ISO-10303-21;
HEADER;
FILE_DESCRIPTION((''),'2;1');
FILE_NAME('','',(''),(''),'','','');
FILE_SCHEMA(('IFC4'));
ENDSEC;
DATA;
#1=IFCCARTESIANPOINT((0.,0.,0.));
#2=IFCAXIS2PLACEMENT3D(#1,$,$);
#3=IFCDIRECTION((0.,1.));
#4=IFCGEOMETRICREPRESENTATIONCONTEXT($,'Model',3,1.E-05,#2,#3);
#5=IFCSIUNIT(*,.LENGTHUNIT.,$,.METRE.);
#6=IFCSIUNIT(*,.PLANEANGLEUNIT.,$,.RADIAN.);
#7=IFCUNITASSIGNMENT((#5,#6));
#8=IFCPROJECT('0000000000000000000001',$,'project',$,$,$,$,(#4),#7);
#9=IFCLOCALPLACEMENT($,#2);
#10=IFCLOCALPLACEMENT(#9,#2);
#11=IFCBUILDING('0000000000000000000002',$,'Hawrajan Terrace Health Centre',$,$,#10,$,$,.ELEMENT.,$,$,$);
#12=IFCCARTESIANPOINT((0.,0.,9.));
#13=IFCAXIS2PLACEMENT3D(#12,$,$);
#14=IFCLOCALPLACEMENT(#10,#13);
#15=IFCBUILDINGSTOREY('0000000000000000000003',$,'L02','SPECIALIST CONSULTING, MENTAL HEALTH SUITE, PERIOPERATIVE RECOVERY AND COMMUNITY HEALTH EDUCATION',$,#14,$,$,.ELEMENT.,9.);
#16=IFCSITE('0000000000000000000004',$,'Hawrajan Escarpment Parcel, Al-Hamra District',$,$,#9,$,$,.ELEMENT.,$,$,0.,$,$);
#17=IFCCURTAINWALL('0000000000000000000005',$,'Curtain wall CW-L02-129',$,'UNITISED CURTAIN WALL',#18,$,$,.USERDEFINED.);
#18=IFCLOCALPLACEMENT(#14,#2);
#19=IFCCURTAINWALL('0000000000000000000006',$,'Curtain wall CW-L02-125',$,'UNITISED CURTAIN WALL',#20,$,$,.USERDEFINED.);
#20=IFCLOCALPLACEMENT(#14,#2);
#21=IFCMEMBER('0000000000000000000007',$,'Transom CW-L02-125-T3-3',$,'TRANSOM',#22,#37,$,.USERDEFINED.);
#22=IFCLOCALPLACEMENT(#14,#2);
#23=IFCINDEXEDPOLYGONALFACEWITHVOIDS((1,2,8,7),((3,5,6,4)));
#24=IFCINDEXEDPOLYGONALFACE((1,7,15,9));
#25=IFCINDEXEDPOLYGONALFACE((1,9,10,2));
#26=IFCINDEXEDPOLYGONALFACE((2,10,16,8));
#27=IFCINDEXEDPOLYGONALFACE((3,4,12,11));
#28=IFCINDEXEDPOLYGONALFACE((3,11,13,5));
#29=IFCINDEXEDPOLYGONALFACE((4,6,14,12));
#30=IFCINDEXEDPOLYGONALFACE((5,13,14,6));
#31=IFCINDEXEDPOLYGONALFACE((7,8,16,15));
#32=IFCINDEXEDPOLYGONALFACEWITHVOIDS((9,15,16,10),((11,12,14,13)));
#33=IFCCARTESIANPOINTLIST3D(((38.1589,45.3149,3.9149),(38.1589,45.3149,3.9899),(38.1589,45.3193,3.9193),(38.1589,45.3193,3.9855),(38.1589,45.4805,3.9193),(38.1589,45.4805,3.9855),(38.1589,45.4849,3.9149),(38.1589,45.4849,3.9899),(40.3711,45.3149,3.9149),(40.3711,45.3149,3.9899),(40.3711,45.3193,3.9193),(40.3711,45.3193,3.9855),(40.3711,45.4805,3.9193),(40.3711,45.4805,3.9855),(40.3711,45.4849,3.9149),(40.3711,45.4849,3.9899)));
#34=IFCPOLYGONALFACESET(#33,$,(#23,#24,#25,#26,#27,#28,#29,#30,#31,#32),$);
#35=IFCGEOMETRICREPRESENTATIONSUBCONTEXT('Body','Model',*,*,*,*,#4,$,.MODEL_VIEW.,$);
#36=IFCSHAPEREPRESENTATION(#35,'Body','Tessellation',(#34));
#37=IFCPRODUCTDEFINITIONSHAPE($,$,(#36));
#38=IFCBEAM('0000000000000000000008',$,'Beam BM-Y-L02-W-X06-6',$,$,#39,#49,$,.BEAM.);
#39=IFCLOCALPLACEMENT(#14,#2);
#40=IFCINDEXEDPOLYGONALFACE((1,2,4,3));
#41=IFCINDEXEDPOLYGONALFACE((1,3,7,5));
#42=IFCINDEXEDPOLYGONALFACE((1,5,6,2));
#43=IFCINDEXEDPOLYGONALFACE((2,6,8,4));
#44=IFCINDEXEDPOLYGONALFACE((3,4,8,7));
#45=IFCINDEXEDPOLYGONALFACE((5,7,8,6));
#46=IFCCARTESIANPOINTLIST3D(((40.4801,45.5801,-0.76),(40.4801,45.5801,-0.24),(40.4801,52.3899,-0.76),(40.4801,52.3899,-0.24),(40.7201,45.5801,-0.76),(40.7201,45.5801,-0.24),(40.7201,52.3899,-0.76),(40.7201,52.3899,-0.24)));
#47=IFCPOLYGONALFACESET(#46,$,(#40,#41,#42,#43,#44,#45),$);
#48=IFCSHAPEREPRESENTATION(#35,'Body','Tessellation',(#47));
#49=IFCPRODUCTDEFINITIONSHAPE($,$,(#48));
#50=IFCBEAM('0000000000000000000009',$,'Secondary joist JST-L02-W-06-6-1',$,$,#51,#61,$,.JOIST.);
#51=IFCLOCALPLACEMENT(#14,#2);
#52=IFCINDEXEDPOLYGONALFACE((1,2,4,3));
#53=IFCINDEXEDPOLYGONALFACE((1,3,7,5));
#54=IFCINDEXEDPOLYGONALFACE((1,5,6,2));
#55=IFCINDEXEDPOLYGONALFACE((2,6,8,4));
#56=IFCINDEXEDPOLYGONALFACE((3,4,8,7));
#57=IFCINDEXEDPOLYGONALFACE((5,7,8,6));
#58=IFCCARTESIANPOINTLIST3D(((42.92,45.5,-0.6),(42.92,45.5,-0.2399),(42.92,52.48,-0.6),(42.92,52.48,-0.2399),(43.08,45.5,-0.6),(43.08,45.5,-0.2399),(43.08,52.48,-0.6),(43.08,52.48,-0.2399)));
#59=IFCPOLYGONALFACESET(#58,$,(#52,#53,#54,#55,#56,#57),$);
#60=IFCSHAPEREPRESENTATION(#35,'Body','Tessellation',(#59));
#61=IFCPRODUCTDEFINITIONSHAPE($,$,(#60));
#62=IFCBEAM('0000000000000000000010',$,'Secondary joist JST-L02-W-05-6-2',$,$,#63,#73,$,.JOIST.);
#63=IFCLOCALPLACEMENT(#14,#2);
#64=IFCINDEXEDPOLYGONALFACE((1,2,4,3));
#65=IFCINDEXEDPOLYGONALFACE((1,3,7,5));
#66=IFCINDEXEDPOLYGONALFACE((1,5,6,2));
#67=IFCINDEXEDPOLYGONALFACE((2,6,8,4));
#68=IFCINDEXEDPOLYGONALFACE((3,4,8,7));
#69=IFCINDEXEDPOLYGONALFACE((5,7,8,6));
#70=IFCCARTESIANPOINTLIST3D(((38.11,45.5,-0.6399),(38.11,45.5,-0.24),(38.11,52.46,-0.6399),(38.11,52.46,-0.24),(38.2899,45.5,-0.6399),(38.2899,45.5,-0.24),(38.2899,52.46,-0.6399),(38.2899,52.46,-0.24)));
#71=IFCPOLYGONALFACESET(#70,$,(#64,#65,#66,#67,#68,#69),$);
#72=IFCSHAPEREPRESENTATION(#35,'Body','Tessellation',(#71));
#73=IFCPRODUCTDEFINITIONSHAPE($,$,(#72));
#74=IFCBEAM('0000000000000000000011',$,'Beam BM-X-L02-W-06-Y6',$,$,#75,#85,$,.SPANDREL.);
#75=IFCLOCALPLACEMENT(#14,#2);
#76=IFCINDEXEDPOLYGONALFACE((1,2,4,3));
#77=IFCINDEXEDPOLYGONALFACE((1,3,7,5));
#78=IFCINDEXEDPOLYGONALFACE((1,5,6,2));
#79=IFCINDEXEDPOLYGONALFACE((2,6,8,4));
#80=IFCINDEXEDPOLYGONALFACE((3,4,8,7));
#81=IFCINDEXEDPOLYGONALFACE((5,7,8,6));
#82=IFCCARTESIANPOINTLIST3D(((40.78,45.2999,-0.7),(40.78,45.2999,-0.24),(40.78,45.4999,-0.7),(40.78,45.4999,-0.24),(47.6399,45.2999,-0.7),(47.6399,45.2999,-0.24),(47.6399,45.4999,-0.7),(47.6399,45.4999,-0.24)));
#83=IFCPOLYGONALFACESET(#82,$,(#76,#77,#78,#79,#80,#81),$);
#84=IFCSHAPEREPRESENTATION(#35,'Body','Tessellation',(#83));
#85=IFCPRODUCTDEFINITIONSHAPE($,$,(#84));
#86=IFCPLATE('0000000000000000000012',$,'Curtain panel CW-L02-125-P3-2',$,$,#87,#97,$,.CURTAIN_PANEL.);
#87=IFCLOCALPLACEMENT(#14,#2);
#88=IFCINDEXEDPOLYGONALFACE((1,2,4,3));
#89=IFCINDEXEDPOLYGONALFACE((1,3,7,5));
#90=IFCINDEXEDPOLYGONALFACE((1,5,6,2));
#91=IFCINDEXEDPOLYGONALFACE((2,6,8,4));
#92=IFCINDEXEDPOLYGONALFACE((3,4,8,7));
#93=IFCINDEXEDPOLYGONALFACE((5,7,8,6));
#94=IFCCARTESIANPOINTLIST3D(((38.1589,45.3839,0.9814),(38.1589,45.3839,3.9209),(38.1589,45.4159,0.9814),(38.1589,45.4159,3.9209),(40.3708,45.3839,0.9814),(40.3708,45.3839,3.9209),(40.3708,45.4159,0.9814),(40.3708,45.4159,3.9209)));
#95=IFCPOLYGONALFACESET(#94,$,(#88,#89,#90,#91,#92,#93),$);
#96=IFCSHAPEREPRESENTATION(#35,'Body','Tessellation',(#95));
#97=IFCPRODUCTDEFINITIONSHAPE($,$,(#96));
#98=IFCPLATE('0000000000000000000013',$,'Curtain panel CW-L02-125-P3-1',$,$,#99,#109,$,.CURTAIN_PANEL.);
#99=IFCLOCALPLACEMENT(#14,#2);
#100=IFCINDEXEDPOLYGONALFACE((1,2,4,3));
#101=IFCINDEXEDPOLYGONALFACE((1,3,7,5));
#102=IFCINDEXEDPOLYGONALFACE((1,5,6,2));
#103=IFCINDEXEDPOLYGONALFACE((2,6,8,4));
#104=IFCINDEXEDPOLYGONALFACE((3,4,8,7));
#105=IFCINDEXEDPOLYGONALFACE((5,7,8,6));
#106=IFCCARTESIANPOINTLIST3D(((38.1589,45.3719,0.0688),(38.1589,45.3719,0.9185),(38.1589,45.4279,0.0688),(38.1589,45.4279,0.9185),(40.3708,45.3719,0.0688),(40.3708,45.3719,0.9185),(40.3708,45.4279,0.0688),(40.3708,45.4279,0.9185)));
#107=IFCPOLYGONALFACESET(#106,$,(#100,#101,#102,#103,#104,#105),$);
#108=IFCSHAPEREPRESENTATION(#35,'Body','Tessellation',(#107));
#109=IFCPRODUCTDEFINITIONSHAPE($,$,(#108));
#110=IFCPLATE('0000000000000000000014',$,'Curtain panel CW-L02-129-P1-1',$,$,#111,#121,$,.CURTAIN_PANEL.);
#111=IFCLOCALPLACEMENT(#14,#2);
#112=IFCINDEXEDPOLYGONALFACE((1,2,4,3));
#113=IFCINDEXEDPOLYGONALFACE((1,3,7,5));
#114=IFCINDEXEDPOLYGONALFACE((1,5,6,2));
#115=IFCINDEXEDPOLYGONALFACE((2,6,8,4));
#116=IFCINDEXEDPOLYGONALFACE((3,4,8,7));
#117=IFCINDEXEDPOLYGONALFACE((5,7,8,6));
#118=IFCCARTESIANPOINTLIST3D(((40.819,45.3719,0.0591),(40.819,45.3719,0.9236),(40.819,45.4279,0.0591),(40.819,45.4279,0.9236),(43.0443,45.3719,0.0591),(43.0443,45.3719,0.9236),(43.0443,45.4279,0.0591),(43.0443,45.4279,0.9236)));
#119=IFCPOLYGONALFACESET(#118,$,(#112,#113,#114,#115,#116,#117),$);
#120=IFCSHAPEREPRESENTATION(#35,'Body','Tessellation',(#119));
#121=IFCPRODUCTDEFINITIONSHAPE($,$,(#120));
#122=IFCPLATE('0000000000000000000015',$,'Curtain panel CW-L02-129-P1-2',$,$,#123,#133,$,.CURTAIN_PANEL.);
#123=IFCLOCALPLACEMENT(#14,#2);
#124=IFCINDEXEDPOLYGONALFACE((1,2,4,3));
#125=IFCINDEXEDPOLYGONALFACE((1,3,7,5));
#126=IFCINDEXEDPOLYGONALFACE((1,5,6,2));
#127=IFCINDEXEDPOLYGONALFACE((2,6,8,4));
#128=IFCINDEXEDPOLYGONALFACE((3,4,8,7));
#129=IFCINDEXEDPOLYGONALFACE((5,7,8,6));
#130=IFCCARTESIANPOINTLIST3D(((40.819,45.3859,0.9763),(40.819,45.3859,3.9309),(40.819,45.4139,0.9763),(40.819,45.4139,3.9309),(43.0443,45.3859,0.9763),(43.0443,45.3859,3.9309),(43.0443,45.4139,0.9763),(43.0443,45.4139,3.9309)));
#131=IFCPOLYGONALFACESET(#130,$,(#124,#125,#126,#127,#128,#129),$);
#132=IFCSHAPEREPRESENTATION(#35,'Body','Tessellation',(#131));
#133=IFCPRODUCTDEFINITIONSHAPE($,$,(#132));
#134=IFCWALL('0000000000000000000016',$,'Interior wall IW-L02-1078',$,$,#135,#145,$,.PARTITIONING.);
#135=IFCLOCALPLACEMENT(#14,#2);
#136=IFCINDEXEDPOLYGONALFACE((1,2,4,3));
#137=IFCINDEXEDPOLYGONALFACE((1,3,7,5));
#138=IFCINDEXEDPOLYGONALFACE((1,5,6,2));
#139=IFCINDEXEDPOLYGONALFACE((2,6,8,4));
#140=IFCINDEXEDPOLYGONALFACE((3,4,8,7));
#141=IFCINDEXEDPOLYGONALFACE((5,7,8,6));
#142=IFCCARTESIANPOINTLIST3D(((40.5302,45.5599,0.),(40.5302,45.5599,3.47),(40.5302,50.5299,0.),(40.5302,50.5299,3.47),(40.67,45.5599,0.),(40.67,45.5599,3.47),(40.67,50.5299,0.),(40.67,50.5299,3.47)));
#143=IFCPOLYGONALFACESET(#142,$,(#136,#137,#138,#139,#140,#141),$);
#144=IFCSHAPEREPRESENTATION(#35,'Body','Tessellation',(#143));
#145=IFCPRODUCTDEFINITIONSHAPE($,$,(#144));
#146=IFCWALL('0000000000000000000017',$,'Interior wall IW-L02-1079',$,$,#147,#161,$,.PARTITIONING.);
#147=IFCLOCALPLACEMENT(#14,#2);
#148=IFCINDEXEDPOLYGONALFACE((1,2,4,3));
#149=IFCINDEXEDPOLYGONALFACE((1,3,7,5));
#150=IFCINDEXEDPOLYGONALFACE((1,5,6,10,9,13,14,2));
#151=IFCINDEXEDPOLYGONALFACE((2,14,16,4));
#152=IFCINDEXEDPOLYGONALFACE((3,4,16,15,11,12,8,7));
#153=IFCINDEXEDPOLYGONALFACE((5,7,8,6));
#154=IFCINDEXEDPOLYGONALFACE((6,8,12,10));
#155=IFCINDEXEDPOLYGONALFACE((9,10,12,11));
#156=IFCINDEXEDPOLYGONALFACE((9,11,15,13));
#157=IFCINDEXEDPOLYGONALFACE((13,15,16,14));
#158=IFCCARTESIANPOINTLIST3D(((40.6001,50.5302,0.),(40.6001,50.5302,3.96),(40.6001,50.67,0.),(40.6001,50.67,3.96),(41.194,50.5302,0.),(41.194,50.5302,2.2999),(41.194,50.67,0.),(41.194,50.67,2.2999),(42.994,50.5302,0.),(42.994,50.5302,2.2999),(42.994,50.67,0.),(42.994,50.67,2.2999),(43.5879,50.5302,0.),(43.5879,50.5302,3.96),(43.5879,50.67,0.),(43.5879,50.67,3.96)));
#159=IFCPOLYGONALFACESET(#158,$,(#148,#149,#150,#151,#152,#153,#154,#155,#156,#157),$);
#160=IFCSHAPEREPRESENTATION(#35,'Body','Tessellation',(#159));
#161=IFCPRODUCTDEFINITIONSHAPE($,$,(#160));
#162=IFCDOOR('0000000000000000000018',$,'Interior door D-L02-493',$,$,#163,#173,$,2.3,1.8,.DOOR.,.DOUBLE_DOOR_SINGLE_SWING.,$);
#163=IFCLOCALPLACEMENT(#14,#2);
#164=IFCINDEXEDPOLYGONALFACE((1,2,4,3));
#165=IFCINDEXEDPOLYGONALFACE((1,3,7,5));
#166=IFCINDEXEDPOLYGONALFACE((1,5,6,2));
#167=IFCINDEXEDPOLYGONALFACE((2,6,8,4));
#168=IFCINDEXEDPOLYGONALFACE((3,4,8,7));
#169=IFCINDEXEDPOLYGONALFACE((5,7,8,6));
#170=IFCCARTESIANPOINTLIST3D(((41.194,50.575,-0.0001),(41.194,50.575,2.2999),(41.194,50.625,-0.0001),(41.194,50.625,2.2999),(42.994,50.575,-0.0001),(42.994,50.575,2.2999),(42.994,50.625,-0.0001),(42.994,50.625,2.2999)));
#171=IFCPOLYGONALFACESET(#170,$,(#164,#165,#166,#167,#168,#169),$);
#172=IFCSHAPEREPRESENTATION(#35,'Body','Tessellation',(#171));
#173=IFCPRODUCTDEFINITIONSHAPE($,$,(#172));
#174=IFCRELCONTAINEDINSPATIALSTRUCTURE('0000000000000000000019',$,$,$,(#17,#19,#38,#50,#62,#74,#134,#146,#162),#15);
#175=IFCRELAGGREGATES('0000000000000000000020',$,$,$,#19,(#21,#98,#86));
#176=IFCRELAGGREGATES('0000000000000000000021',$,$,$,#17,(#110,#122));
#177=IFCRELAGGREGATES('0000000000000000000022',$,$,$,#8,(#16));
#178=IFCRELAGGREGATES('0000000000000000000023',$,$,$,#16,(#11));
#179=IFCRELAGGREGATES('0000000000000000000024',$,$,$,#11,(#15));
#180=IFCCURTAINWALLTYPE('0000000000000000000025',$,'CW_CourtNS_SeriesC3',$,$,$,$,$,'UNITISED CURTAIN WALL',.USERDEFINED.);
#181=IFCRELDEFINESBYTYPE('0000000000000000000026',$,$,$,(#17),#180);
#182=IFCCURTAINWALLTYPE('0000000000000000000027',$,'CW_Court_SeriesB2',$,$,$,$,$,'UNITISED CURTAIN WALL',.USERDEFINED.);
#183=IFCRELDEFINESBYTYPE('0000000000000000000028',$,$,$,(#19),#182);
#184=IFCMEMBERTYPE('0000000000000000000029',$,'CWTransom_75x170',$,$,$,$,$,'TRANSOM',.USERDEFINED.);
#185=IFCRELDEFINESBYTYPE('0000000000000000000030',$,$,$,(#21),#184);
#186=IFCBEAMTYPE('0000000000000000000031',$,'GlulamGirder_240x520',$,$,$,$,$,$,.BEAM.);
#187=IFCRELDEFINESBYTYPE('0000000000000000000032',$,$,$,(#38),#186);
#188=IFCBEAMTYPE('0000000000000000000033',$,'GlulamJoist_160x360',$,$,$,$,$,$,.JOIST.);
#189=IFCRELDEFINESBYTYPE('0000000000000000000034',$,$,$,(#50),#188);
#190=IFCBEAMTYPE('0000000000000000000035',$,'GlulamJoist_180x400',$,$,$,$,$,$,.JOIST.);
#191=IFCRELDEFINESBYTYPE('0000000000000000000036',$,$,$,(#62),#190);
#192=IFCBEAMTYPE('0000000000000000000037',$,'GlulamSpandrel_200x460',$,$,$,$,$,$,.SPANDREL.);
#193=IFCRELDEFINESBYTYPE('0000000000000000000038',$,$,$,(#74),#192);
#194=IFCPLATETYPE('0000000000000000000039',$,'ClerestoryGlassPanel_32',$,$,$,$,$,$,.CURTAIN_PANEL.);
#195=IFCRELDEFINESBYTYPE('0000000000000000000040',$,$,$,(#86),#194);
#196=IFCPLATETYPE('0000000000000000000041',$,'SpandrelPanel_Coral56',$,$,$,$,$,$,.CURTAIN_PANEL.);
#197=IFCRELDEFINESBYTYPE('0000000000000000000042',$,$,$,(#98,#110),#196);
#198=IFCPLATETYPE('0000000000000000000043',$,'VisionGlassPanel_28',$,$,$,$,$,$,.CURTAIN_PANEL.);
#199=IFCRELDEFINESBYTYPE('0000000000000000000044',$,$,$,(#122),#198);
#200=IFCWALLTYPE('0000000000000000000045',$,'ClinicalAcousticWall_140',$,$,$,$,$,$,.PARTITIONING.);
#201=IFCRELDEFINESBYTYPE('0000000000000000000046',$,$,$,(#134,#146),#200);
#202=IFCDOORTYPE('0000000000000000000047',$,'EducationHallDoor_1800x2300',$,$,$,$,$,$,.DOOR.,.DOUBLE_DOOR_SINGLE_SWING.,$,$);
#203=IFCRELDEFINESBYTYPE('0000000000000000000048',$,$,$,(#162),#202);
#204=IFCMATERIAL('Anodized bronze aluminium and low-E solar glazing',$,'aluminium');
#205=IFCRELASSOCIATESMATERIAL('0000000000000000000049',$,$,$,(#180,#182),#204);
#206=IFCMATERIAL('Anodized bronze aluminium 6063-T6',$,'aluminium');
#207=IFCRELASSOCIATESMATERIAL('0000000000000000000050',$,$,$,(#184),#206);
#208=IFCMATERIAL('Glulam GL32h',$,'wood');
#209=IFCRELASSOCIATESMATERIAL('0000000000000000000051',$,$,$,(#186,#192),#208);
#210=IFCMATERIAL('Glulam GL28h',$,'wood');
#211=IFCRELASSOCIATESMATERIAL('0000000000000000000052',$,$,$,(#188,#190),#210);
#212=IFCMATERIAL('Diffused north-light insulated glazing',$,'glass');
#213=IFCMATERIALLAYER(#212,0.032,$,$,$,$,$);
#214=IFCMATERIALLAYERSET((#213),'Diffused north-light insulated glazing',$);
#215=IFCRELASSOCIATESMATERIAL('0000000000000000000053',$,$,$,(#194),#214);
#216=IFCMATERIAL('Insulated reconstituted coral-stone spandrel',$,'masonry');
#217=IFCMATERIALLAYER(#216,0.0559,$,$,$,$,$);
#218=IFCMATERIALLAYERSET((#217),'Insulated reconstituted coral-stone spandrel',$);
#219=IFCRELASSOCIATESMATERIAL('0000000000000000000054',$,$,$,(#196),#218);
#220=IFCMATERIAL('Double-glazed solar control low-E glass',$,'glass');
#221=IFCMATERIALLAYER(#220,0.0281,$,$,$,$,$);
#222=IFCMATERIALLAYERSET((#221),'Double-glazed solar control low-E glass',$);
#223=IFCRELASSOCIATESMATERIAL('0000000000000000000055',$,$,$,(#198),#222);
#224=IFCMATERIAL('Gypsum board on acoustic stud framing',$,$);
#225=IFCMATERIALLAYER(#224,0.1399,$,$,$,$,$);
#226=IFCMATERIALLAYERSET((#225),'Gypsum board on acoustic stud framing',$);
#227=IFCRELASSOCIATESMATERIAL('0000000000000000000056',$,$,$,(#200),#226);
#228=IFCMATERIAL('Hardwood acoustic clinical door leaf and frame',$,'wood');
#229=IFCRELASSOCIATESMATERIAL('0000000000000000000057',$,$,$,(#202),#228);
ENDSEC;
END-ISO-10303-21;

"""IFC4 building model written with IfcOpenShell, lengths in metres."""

from ifc_helpers import new_model, si_unit, direction, frame, frame_2d, origin, origin_2d, place, context, subcontext, project, spatial, rectangle, hollow_rectangle, extrude, material, layer, layer_set, material_profile, profile_set, type_object, element, fill, aggregate, save


model = new_model("IFC4")

# Units and contexts
model_context = context("Model", 3, precision=1e-05, world=origin(), true_north=direction((0.0, 1.0)))
body_context = subcontext(model_context, "Body", "Model", "MODEL_VIEW")
ifc_project = project(units=[si_unit("LENGTHUNIT", "METRE"), si_unit("PLANEANGLEUNIT", "RADIAN")], contexts=[model_context])

# Site, building, storey
site_placement = place(None, origin())
site = spatial("IfcSite", under=ifc_project, at=site_placement, Name="Hawrajan Escarpment Parcel, Al-Hamra District", CompositionType="ELEMENT", RefElevation=0.0)
building_placement = place(site_placement, origin())
building = spatial("IfcBuilding", under=site, at=building_placement, Name="Hawrajan Terrace Health Centre", CompositionType="ELEMENT")
storey_placement = place(building_placement, frame((0.0, 0.0, 9.0)))
storey = spatial("IfcBuildingStorey", under=building, at=storey_placement, Name="L02", Description="SPECIALIST CONSULTING, MENTAL HEALTH SUITE, PERIOPERATIVE RECOVERY AND COMMUNITY HEALTH EDUCATION", CompositionType="ELEMENT", Elevation=9.0)

# Shared definitions
ifc_material_1 = material(Name="Glulam GL32h", Category="wood")

# Curtain wall
ifc_material_2 = material(Name="Anodized bronze aluminium and low-E solar glazing", Category="aluminium")
curtain_wall_type_1 = type_object("IfcCurtainWallType", Name="CW_CourtNS_SeriesC3", ElementType="UNITISED CURTAIN WALL", PredefinedType="USERDEFINED", material=ifc_material_2)
curtain_wall_1_placement = place(storey_placement, origin())
curtain_wall_1 = element("IfcCurtainWall", 1, at=curtain_wall_1_placement, inside=storey, type_object=curtain_wall_type_1, Name="Curtain wall CW-L02-129", ObjectType="UNITISED CURTAIN WALL", PredefinedType="USERDEFINED")
ifc_material_3 = material(Name="Anodized bronze aluminium 6063-T6", Category="aluminium")

# Curtain wall
curtain_wall_type_2 = type_object("IfcCurtainWallType", Name="CW_Court_SeriesB2", ElementType="UNITISED CURTAIN WALL", PredefinedType="USERDEFINED", material=ifc_material_2)
curtain_wall_2_placement = place(storey_placement, origin())
curtain_wall_2 = element("IfcCurtainWall", 2, at=curtain_wall_2_placement, inside=storey, type_object=curtain_wall_type_2, Name="Curtain wall CW-L02-125", ObjectType="UNITISED CURTAIN WALL", PredefinedType="USERDEFINED")

# Member
ifc_material_profile_1 = material_profile(ifc_material_3, hollow_rectangle(XDim=0.075, YDim=0.1699, WallThickness=0.0044, at=origin_2d()), Name="CW TRN 75x170")
ifc_profile_set_1 = profile_set([ifc_material_profile_1], Name="Anodized bronze aluminium 6063-T6")
member_type_1 = type_object("IfcMemberType", Name="CWTransom_75x170", ElementType="TRANSOM", PredefinedType="USERDEFINED", material=ifc_profile_set_1)
member_1_placement = place(storey_placement, frame((38.1589, 45.3999, 3.9524), z_axis=(1.0, 0.0, 0.0), x_axis=(0.0, 0.0, 1.0)))
member_1 = element("IfcMember", 3, at=member_1_placement, type_object=member_type_1, Name="Transom CW-L02-125-T3-3", ObjectType="TRANSOM", PredefinedType="USERDEFINED", context=body_context, shape_type="SweptSolid", body=[
    extrude(hollow_rectangle(XDim=0.075, YDim=0.1699, WallThickness=0.0044, at=origin_2d()), origin(), (0.0, 0.0, 1.0), 2.2122),
])

# Beams
ifc_material_profile_2 = material_profile(ifc_material_1, rectangle(XDim=0.24, YDim=0.52, at=origin_2d()), Name="GL BM 240x520")
ifc_profile_set_2 = profile_set([ifc_material_profile_2], Name="Glulam GL32h")
beam_type_1 = type_object("IfcBeamType", Name="GlulamGirder_240x520", PredefinedType="BEAM", material=ifc_profile_set_2)
beam_1_placement = place(storey_placement, frame((40.6001, 45.5801, -0.5), z_axis=(0.0, 1.0, 0.0), x_axis=(-1.0, 0.0, 0.0)))
element("IfcBeam", 4, at=beam_1_placement, inside=storey, type_object=beam_type_1, Name="Beam BM-Y-L02-W-X06-6", PredefinedType="BEAM", context=body_context, shape_type="SweptSolid", body=[
    extrude(rectangle(XDim=0.24, YDim=0.52, at=origin_2d()), origin(), (0.0, 0.0, 1.0), 6.8098),
])
ifc_material_4 = material(Name="Glulam GL28h", Category="wood")
ifc_material_profile_3 = material_profile(ifc_material_4, rectangle(XDim=0.1599, YDim=0.3601, at=origin_2d()), Name="GL JST 160x360")
ifc_profile_set_3 = profile_set([ifc_material_profile_3], Name="Glulam GL28h")
beam_type_2 = type_object("IfcBeamType", Name="GlulamJoist_160x360", PredefinedType="JOIST", material=ifc_profile_set_3)
beam_2_placement = place(storey_placement, frame((43.0, 45.5, -0.4199), z_axis=(0.0, 1.0, 0.0), x_axis=(-1.0, 0.0, 0.0)))
element("IfcBeam", 5, at=beam_2_placement, inside=storey, type_object=beam_type_2, Name="Secondary joist JST-L02-W-06-6-1", PredefinedType="JOIST", context=body_context, shape_type="SweptSolid", body=[
    extrude(rectangle(XDim=0.1599, YDim=0.3601, at=origin_2d()), origin(), (0.0, 0.0, 1.0), 6.98),
])
ifc_material_profile_4 = material_profile(ifc_material_4, rectangle(XDim=0.1799, YDim=0.3999, at=origin_2d()), Name="GL JST 180x400")
ifc_profile_set_4 = profile_set([ifc_material_profile_4], Name="Glulam GL28h")
beam_type_3 = type_object("IfcBeamType", Name="GlulamJoist_180x400", PredefinedType="JOIST", material=ifc_profile_set_4)
beam_3_placement = place(storey_placement, frame((38.2, 45.5, -0.4399), z_axis=(0.0, 1.0, 0.0), x_axis=(-1.0, 0.0, 0.0)))
element("IfcBeam", 6, at=beam_3_placement, inside=storey, type_object=beam_type_3, Name="Secondary joist JST-L02-W-05-6-2", PredefinedType="JOIST", context=body_context, shape_type="SweptSolid", body=[
    extrude(rectangle(XDim=0.1799, YDim=0.3999, at=origin_2d()), origin(), (0.0, 0.0, 1.0), 6.96),
])
ifc_material_profile_5 = material_profile(ifc_material_1, rectangle(XDim=0.2, YDim=0.46, at=origin_2d()), Name="GL SP 200x460")
ifc_profile_set_5 = profile_set([ifc_material_profile_5], Name="Glulam GL32h")
beam_type_4 = type_object("IfcBeamType", Name="GlulamSpandrel_200x460", PredefinedType="SPANDREL", material=ifc_profile_set_5)
beam_4_placement = place(storey_placement, frame((40.78, 45.3999, -0.47), z_axis=(1.0, 0.0, 0.0), x_axis=(0.0, 1.0, 0.0)))
element("IfcBeam", 7, at=beam_4_placement, inside=storey, type_object=beam_type_4, Name="Beam BM-X-L02-W-06-Y6", PredefinedType="SPANDREL", context=body_context, shape_type="SweptSolid", body=[
    extrude(rectangle(XDim=0.2, YDim=0.46, at=origin_2d()), origin(), (0.0, 0.0, 1.0), 6.8599),
])

# Plates
ifc_material_5 = material(Name="Diffused north-light insulated glazing", Category="glass")
ifc_layer_1 = layer(ifc_material_5, 0.032)
ifc_layer_set_1 = layer_set([ifc_layer_1], Name="Diffused north-light insulated glazing")
plate_type_1 = type_object("IfcPlateType", Name="ClerestoryGlassPanel_32", PredefinedType="CURTAIN_PANEL", material=ifc_layer_set_1)
plate_1_placement = place(storey_placement, frame((39.2649, 45.3999, 0.9814), z_axis=(0.0, 0.0, 1.0), x_axis=(1.0, 0.0, 0.0)))
plate_1 = element("IfcPlate", 8, at=plate_1_placement, type_object=plate_type_1, Name="Curtain panel CW-L02-125-P3-2", PredefinedType="CURTAIN_PANEL", context=body_context, shape_type="SweptSolid", body=[
    extrude(rectangle(XDim=2.2119, YDim=0.032, at=origin_2d()), origin(), (0.0, 0.0, 1.0), 2.9395),
])
ifc_material_6 = material(Name="Insulated reconstituted coral-stone spandrel", Category="masonry")
ifc_layer_2 = layer(ifc_material_6, 0.0559)
ifc_layer_set_2 = layer_set([ifc_layer_2], Name="Insulated reconstituted coral-stone spandrel")
plate_type_2 = type_object("IfcPlateType", Name="SpandrelPanel_Coral56", PredefinedType="CURTAIN_PANEL", material=ifc_layer_set_2)
plate_2_placement = place(storey_placement, frame((39.2649, 45.3999, 0.0688), z_axis=(0.0, 0.0, 1.0), x_axis=(1.0, 0.0, 0.0)))
plate_2 = element("IfcPlate", 9, at=plate_2_placement, type_object=plate_type_2, Name="Curtain panel CW-L02-125-P3-1", PredefinedType="CURTAIN_PANEL", context=body_context, shape_type="SweptSolid", body=[
    extrude(rectangle(XDim=2.2119, YDim=0.0559, at=origin_2d()), origin(), (0.0, 0.0, 1.0), 0.8496),
])
aggregate(curtain_wall_2, [member_1, plate_2, plate_1])
plate_3_placement = place(storey_placement, frame((41.9316, 45.3999, 0.0591), z_axis=(0.0, 0.0, 1.0), x_axis=(1.0, 0.0, 0.0)))
plate_3 = element("IfcPlate", 10, at=plate_3_placement, type_object=plate_type_2, Name="Curtain panel CW-L02-129-P1-1", PredefinedType="CURTAIN_PANEL", context=body_context, shape_type="SweptSolid", body=[
    extrude(rectangle(XDim=2.2253, YDim=0.0559, at=origin_2d()), origin(), (0.0, 0.0, 1.0), 0.8645),
])
ifc_material_7 = material(Name="Double-glazed solar control low-E glass", Category="glass")
ifc_layer_3 = layer(ifc_material_7, 0.0281)
ifc_layer_set_3 = layer_set([ifc_layer_3], Name="Double-glazed solar control low-E glass")
plate_type_3 = type_object("IfcPlateType", Name="VisionGlassPanel_28", PredefinedType="CURTAIN_PANEL", material=ifc_layer_set_3)
plate_4_placement = place(storey_placement, frame((41.9316, 45.3999, 0.9763), z_axis=(0.0, 0.0, 1.0), x_axis=(1.0, 0.0, 0.0)))
plate_4 = element("IfcPlate", 11, at=plate_4_placement, type_object=plate_type_3, Name="Curtain panel CW-L02-129-P1-2", PredefinedType="CURTAIN_PANEL", context=body_context, shape_type="SweptSolid", body=[
    extrude(rectangle(XDim=2.2253, YDim=0.0281, at=origin_2d()), origin(), (0.0, 0.0, 1.0), 2.9546),
])
aggregate(curtain_wall_1, [plate_3, plate_4])

# Wall
ifc_material_8 = material(Name="Gypsum board on acoustic stud framing")
ifc_layer_4 = layer(ifc_material_8, 0.1399)
ifc_layer_set_4 = layer_set([ifc_layer_4], Name="Gypsum board on acoustic stud framing")
wall_type = type_object("IfcWallType", Name="ClinicalAcousticWall_140", PredefinedType="PARTITIONING", material=ifc_layer_set_4)
wall_1_placement = place(storey_placement, frame((40.6001, 45.5601, 0.0), z_axis=(0.0, 0.0, 1.0), x_axis=(0.0, 1.0, 0.0)))
element("IfcWall", 12, at=wall_1_placement, inside=storey, type_object=wall_type, Name="Interior wall IW-L02-1078", PredefinedType="PARTITIONING", context=body_context, shape_type="SweptSolid", body=[
    extrude(rectangle(XDim=4.97, YDim=0.1399, at=frame_2d((2.4849, 0.0))), origin(), (0.0, 0.0, 1.0), 3.47),
])

# Wall, opening, door
wall_2_placement = place(storey_placement, frame((40.6001, 50.6001, 0.0), z_axis=(0.0, 0.0, 1.0), x_axis=(1.0, 0.0, 0.0)))
wall_2 = element("IfcWall", 13, at=wall_2_placement, inside=storey, type_object=wall_type, Name="Interior wall IW-L02-1079", PredefinedType="PARTITIONING", context=body_context, shape_type="SweptSolid", body=[
    extrude(rectangle(XDim=2.9878, YDim=0.1399, at=frame_2d((1.4939, 0.0))), origin(), (0.0, 0.0, 1.0), 3.96),
])
opening_placement = place(wall_2_placement, frame((0.594, 0.0, 0.0)))
opening = element("IfcOpeningElement", 14, at=opening_placement, cuts=wall_2, PredefinedType="OPENING", context=body_context, shape_type="SweptSolid", body=[
    extrude(rectangle(XDim=1.8, YDim=2.3, at=frame_2d((0.8999, 1.1499))), frame((0.0, 0.0798, 0.0), z_axis=(0.0, -1.0, 0.0), x_axis=(1.0, 0.0, 0.0)), (0.0, 0.0, 1.0), 0.1599),
])
ifc_material_9 = material(Name="Hardwood acoustic clinical door leaf and frame", Category="wood")
door_type = type_object("IfcDoorType", Name="EducationHallDoor_1800x2300", OperationType="DOUBLE_DOOR_SINGLE_SWING", PredefinedType="DOOR", material=ifc_material_9)
door_placement = place(opening_placement, origin())
door = element("IfcDoor", 15, at=door_placement, inside=storey, type_object=door_type, Name="Interior door D-L02-493", OperationType="DOUBLE_DOOR_SINGLE_SWING", OverallHeight=2.3, OverallWidth=1.8, PredefinedType="DOOR", context=body_context, shape_type="SweptSolid", body=[
    extrude(rectangle(XDim=1.8, YDim=2.3, at=frame_2d((0.8999, 1.1499))), frame((0.0, 0.0249, 0.0), z_axis=(0.0, -1.0, 0.0), x_axis=(1.0, 0.0, 0.0)), (0.0, 0.0, 1.0), 0.05),
])
fill(opening, door)

save(model, "model.ifc")
